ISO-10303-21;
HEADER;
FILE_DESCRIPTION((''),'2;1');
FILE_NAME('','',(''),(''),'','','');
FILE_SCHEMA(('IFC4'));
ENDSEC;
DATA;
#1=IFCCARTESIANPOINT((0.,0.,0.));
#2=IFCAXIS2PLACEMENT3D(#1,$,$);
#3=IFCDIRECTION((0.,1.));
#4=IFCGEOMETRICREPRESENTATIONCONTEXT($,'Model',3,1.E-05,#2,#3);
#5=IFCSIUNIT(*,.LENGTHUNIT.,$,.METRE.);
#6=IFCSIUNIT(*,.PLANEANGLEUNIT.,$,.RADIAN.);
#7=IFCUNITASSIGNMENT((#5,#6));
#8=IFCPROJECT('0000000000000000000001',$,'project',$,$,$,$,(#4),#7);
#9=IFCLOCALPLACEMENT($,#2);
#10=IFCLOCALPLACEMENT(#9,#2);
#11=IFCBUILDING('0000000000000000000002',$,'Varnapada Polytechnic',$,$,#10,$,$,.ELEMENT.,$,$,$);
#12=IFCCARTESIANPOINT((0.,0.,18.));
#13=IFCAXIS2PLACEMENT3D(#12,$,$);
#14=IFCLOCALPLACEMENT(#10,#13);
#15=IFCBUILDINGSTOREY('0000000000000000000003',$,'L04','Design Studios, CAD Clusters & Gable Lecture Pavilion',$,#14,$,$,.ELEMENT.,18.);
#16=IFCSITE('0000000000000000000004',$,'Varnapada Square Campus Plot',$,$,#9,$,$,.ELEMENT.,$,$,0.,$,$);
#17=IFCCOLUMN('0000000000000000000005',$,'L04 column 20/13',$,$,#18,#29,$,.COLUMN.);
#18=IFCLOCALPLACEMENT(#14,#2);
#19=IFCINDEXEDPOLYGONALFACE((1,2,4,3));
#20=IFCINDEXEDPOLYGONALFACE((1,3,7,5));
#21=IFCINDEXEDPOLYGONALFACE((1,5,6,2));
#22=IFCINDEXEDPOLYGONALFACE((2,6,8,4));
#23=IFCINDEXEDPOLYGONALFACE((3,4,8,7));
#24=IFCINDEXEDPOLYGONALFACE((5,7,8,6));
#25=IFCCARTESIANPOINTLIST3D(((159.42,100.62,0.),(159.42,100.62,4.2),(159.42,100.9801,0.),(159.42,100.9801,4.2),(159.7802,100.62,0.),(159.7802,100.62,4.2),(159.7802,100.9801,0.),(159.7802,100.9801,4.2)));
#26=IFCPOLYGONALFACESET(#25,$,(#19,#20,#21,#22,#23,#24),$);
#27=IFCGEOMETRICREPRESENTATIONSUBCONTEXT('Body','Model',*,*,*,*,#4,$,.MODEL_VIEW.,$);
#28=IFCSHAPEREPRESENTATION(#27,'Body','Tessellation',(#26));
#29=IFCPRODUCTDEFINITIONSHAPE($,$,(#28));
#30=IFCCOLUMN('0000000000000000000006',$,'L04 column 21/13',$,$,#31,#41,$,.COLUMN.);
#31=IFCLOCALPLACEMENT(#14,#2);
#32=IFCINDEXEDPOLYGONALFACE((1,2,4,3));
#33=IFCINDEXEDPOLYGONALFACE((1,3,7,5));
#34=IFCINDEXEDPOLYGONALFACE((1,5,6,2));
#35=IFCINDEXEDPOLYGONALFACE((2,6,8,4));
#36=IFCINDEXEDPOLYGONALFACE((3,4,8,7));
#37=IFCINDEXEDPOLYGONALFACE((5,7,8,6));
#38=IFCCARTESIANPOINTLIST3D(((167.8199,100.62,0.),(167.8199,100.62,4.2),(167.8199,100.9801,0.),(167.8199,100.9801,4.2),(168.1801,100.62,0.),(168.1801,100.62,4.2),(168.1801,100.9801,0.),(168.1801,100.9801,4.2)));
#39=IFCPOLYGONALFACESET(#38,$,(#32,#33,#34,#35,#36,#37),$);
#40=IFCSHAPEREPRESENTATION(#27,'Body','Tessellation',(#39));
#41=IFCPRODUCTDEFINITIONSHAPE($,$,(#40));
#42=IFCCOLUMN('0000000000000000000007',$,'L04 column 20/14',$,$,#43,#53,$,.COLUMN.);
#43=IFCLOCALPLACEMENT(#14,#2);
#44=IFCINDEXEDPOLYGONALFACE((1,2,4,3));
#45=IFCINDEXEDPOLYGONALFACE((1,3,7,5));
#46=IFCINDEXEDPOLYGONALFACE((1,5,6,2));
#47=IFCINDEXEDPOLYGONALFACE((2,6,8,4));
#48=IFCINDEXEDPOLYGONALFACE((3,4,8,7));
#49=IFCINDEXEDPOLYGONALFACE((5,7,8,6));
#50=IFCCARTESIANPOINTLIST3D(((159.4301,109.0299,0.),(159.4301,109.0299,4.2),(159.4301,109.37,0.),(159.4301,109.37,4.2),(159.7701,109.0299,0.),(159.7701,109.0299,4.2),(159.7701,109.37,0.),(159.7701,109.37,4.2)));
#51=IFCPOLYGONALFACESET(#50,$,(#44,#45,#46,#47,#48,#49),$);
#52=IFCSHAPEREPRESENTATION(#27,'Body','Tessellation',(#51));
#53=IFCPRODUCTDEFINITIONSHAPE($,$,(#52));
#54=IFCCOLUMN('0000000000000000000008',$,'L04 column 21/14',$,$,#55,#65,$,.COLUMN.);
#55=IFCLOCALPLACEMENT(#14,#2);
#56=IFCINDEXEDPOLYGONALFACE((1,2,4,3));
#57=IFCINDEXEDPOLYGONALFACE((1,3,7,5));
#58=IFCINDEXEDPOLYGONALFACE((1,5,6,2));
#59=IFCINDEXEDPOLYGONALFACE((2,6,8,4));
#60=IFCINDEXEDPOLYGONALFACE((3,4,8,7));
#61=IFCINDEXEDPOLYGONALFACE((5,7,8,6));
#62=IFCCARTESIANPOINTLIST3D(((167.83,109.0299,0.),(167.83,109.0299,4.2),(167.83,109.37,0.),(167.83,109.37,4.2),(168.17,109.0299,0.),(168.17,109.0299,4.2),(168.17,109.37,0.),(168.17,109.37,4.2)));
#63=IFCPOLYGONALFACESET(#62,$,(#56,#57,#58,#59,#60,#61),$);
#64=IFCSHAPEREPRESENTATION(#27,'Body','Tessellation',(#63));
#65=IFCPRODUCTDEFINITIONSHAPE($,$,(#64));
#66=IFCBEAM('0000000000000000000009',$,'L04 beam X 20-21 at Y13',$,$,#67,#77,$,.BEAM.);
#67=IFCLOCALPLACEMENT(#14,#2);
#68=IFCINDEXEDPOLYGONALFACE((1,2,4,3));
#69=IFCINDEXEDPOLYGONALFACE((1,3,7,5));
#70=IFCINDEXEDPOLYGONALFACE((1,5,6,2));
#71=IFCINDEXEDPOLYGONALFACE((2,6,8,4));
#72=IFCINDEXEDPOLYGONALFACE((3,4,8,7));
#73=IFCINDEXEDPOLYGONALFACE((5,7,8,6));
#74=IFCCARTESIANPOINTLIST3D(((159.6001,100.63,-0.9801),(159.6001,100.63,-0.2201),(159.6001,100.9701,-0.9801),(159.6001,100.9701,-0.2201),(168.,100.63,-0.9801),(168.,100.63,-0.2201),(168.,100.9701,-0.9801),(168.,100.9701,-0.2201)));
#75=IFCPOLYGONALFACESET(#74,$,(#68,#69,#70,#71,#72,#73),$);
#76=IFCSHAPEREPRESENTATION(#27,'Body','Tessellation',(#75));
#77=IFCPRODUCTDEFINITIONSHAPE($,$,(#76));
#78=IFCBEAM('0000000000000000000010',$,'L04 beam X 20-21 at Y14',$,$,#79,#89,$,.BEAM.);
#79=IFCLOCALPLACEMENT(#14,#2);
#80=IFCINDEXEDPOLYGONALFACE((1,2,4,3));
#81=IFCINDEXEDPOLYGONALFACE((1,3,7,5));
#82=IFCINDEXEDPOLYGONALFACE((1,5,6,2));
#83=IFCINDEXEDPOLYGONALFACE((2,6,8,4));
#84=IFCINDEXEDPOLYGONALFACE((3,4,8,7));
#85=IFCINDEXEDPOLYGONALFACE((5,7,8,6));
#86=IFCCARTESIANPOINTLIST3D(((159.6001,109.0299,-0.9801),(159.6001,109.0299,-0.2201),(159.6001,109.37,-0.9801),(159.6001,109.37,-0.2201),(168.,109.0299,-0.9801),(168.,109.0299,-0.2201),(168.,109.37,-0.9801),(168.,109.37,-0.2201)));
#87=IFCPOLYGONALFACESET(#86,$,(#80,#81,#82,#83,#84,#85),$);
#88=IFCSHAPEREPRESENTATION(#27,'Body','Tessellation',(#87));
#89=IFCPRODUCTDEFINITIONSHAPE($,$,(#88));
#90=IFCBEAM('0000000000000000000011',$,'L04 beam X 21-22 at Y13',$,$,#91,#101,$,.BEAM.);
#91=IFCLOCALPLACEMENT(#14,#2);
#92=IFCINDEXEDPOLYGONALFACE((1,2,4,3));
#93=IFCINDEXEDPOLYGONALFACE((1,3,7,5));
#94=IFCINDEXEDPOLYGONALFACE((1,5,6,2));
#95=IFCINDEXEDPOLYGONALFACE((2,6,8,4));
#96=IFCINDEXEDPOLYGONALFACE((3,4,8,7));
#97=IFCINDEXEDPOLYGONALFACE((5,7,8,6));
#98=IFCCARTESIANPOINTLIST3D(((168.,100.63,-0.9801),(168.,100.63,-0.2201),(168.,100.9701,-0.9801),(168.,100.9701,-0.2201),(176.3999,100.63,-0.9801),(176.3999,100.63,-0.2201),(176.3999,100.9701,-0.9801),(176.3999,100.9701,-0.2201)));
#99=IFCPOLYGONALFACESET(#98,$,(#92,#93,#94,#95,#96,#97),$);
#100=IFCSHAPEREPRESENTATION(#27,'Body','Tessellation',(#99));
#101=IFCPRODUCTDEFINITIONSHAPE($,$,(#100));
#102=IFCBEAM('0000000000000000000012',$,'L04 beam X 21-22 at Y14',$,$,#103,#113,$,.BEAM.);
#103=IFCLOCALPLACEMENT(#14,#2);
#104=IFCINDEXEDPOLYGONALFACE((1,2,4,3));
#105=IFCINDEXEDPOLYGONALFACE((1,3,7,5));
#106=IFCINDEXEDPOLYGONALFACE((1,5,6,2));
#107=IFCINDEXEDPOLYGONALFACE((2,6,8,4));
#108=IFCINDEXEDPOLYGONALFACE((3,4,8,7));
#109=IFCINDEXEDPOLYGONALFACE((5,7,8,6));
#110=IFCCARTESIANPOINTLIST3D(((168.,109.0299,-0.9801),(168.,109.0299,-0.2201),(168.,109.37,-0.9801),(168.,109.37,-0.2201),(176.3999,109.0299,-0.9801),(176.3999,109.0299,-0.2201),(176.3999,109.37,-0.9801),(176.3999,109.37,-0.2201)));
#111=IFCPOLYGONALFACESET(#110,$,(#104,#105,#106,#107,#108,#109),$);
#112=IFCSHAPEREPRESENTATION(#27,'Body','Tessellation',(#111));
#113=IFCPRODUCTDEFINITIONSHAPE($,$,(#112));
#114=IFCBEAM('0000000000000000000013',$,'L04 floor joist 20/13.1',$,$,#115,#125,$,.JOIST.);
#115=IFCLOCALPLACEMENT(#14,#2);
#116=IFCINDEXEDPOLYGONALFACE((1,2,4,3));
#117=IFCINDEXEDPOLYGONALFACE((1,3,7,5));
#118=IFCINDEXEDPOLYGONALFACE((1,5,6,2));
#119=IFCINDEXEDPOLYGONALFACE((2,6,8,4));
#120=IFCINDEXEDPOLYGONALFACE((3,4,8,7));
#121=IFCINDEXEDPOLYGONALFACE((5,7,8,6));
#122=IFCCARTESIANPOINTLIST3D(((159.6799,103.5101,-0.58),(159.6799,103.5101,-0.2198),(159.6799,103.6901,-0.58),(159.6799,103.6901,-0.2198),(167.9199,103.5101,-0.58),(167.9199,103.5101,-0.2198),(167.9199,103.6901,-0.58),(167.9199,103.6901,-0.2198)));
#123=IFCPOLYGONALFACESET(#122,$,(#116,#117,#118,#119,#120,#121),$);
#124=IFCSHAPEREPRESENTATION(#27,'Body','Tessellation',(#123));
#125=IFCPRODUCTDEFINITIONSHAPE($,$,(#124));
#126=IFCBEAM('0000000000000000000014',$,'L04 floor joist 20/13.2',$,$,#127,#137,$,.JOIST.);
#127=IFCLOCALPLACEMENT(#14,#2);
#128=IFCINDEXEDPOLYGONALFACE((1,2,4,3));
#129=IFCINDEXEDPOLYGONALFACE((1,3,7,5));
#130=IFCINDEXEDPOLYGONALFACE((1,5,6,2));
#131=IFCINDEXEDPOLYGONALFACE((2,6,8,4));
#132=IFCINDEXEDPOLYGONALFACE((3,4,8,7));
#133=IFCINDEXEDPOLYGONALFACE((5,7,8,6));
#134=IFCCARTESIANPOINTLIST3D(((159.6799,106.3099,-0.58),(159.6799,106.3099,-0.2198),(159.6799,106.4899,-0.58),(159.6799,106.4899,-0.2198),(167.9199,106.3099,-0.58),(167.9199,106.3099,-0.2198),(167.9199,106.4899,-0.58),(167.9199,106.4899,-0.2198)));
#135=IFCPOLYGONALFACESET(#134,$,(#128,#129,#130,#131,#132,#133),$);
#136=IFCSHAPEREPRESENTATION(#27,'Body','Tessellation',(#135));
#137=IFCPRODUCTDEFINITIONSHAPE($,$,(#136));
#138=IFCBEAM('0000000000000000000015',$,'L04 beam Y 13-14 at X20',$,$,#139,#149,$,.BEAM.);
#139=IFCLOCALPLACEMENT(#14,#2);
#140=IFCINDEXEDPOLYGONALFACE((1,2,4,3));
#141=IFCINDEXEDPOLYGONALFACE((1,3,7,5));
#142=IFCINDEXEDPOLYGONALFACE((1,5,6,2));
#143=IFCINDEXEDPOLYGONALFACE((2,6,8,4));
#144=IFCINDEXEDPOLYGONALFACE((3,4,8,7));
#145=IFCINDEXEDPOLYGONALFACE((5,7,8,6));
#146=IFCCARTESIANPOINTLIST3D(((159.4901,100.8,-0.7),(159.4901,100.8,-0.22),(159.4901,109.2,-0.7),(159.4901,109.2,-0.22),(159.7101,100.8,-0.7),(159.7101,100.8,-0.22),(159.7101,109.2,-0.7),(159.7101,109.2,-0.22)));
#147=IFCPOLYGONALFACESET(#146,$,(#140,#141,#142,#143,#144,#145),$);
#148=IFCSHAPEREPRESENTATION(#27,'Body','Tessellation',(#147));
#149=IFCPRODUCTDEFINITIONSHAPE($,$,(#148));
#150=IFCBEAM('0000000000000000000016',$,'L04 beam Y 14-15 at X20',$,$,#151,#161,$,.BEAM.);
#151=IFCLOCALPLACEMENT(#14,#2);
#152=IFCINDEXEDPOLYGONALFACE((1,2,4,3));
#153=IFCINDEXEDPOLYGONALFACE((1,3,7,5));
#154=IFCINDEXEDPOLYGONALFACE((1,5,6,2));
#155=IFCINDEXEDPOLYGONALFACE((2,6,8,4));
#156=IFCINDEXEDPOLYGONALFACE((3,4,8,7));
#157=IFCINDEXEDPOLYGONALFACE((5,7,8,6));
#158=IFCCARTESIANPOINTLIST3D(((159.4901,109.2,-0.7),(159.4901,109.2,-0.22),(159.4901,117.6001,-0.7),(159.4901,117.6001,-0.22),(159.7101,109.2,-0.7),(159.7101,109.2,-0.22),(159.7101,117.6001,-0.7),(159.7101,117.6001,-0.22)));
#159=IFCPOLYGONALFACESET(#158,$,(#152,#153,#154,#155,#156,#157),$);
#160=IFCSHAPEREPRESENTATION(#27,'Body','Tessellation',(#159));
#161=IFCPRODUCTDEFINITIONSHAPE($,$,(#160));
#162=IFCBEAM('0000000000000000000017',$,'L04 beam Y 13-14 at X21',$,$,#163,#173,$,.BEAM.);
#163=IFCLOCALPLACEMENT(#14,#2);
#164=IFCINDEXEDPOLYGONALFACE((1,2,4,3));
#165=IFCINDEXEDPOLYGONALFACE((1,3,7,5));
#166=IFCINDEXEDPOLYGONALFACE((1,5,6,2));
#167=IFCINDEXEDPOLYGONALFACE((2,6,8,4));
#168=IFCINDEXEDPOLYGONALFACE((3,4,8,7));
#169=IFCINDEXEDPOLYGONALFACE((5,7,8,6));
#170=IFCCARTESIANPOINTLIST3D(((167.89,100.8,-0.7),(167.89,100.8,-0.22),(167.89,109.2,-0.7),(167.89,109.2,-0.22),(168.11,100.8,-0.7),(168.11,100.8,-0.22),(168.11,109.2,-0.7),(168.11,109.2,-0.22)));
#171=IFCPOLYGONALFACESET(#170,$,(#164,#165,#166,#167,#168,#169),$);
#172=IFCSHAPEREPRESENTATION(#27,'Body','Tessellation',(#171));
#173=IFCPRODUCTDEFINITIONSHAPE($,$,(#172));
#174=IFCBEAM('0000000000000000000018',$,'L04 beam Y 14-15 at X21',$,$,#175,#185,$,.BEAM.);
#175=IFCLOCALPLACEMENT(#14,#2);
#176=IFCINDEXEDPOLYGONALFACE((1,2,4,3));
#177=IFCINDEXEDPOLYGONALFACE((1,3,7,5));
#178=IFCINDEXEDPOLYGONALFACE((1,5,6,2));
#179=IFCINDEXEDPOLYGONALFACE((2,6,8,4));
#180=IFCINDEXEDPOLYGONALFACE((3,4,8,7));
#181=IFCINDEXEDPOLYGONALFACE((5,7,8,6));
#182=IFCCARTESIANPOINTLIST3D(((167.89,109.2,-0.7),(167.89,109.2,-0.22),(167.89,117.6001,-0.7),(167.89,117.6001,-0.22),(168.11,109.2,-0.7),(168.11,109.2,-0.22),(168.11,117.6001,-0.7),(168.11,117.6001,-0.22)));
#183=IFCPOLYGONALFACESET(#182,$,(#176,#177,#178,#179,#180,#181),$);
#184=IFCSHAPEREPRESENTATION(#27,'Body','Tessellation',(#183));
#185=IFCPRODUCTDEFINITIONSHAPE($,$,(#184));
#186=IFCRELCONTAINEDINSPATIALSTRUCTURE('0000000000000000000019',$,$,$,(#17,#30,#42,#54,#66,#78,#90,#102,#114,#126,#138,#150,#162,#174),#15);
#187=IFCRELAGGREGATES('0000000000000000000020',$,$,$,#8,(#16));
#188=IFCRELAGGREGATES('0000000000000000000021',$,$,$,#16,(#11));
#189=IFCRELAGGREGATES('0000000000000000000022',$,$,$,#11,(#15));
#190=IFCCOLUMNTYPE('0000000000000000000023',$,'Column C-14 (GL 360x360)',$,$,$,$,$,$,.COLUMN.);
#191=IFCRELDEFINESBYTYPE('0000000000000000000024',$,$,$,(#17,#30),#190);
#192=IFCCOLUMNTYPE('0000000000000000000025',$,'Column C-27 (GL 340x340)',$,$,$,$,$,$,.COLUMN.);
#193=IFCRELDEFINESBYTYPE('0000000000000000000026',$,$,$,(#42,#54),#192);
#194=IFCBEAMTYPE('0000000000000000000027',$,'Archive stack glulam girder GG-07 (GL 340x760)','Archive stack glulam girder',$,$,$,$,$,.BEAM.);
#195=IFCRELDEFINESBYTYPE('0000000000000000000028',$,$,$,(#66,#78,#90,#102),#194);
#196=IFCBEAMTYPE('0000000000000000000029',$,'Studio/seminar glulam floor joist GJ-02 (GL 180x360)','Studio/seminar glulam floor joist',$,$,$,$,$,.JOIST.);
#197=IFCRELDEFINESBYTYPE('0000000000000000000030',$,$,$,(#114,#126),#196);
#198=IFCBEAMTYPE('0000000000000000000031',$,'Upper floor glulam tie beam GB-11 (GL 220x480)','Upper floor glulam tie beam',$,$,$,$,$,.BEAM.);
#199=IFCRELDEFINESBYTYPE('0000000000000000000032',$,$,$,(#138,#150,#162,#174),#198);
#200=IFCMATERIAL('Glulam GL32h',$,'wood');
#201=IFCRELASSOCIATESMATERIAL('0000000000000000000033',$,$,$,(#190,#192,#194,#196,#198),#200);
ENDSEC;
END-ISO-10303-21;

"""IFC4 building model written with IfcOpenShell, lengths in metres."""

from ifc_helpers import new_model, si_unit, direction, frame, origin, origin_2d, place, context, subcontext, project, spatial, rectangle, extrude, material, material_profile, profile_set, type_object, element, save


model = new_model("IFC4")

# Units and contexts
model_context = context("Model", 3, precision=1e-05, world=origin(), true_north=direction((0.0, 1.0)))
body_context = subcontext(model_context, "Body", "Model", "MODEL_VIEW")
ifc_project = project(units=[si_unit("LENGTHUNIT", "METRE"), si_unit("PLANEANGLEUNIT", "RADIAN")], contexts=[model_context])

# Site, building, storey
site_placement = place(None, origin())
site = spatial("IfcSite", under=ifc_project, at=site_placement, Name="Varnapada Square Campus Plot", CompositionType="ELEMENT", RefElevation=0.0)
building_placement = place(site_placement, origin())
building = spatial("IfcBuilding", under=site, at=building_placement, Name="Varnapada Polytechnic", CompositionType="ELEMENT")
storey_placement = place(building_placement, frame((0.0, 0.0, 18.0)))
storey = spatial("IfcBuildingStorey", under=building, at=storey_placement, Name="L04", Description="Design Studios, CAD Clusters & Gable Lecture Pavilion", CompositionType="ELEMENT", Elevation=18.0)

# Columns
ifc_material_1 = material(Name="Glulam GL32h", Category="wood")
ifc_material_profile_1 = material_profile(ifc_material_1, rectangle(XDim=0.3601, YDim=0.3601, at=origin_2d()), Name="GL 360x360")
ifc_profile_set_1 = profile_set([ifc_material_profile_1], Name="Glulam GL32h")
column_type_1 = type_object("IfcColumnType", Name="Column C-14 (GL 360x360)", PredefinedType="COLUMN", material=ifc_profile_set_1)
for number, where, z_axis, x_axis, name in (
    (1, (159.6001, 100.8, 0.0), (0.0, 0.0, 1.0), (1.0, 0.0, 0.0), "L04 column 20/13"),
    (2, (168.0, 100.8, 0.0), (0.0, 0.0, 1.0), (1.0, 0.0, 0.0), "L04 column 21/13"),
):
    element("IfcColumn", number, at=place(storey_placement, frame(where, z_axis=z_axis, x_axis=x_axis)), inside=storey, type_object=column_type_1, Name=name, PredefinedType="COLUMN", context=body_context, shape_type="SweptSolid", body=[
        extrude(rectangle(XDim=0.3601, YDim=0.3601, at=origin_2d()), origin(), (0.0, 0.0, 1.0), 4.2),
    ])
ifc_material_profile_2 = material_profile(ifc_material_1, rectangle(XDim=0.3401, YDim=0.3401, at=origin_2d()), Name="GL 340x340")
ifc_profile_set_2 = profile_set([ifc_material_profile_2], Name="Glulam GL32h")
column_type_2 = type_object("IfcColumnType", Name="Column C-27 (GL 340x340)", PredefinedType="COLUMN", material=ifc_profile_set_2)
for number, where, z_axis, x_axis, name in (
    (3, (159.6001, 109.2, 0.0), (0.0, 0.0, 1.0), (1.0, 0.0, 0.0), "L04 column 20/14"),
    (4, (168.0, 109.2, 0.0), (0.0, 0.0, 1.0), (1.0, 0.0, 0.0), "L04 column 21/14"),
):
    element("IfcColumn", number, at=place(storey_placement, frame(where, z_axis=z_axis, x_axis=x_axis)), inside=storey, type_object=column_type_2, Name=name, PredefinedType="COLUMN", context=body_context, shape_type="SweptSolid", body=[
        extrude(rectangle(XDim=0.3401, YDim=0.3401, at=origin_2d()), origin(), (0.0, 0.0, 1.0), 4.2),
    ])

# Beams
ifc_material_profile_3 = material_profile(ifc_material_1, rectangle(XDim=0.3401, YDim=0.76, at=origin_2d()), Name="GL 340x760")
ifc_profile_set_3 = profile_set([ifc_material_profile_3], Name="Glulam GL32h")
beam_type_1 = type_object("IfcBeamType", Name="Archive stack glulam girder GG-07 (GL 340x760)", Description="Archive stack glulam girder", PredefinedType="BEAM", material=ifc_profile_set_3)
for number, where, z_axis, x_axis, name in (
    (5, (159.6001, 100.8, -0.6001), (1.0, 0.0, 0.0), (0.0, 1.0, 0.0), "L04 beam X 20-21 at Y13"),
    (6, (159.6001, 109.2, -0.6001), (1.0, 0.0, 0.0), (0.0, 1.0, 0.0), "L04 beam X 20-21 at Y14"),
    (7, (168.0, 100.8, -0.6001), (1.0, 0.0, 0.0), (0.0, 1.0, 0.0), "L04 beam X 21-22 at Y13"),
    (8, (168.0, 109.2, -0.6001), (1.0, 0.0, 0.0), (0.0, 1.0, 0.0), "L04 beam X 21-22 at Y14"),
):
    element("IfcBeam", number, at=place(storey_placement, frame(where, z_axis=z_axis, x_axis=x_axis)), inside=storey, type_object=beam_type_1, Name=name, PredefinedType="BEAM", context=body_context, shape_type="SweptSolid", body=[
        extrude(rectangle(XDim=0.3401, YDim=0.76, at=origin_2d()), origin(), (0.0, 0.0, 1.0), 8.3999),
    ])
ifc_material_profile_4 = material_profile(ifc_material_1, rectangle(XDim=0.1799, YDim=0.3601, at=origin_2d()), Name="GL 180x360")
ifc_profile_set_4 = profile_set([ifc_material_profile_4], Name="Glulam GL32h")
beam_type_2 = type_object("IfcBeamType", Name="Studio/seminar glulam floor joist GJ-02 (GL 180x360)", Description="Studio/seminar glulam floor joist", PredefinedType="JOIST", material=ifc_profile_set_4)
for number, where, z_axis, x_axis, name in (
    (9, (159.6799, 103.6001, -0.3999), (1.0, 0.0, 0.0), (0.0, 1.0, 0.0), "L04 floor joist 20/13.1"),
    (10, (159.6799, 106.3999, -0.3999), (1.0, 0.0, 0.0), (0.0, 1.0, 0.0), "L04 floor joist 20/13.2"),
):
    element("IfcBeam", number, at=place(storey_placement, frame(where, z_axis=z_axis, x_axis=x_axis)), inside=storey, type_object=beam_type_2, Name=name, PredefinedType="JOIST", context=body_context, shape_type="SweptSolid", body=[
        extrude(rectangle(XDim=0.1799, YDim=0.3601, at=origin_2d()), origin(), (0.0, 0.0, 1.0), 8.24),
    ])
ifc_material_profile_5 = material_profile(ifc_material_1, rectangle(XDim=0.22, YDim=0.48, at=origin_2d()), Name="GL 220x480")
ifc_profile_set_5 = profile_set([ifc_material_profile_5], Name="Glulam GL32h")
beam_type_3 = type_object("IfcBeamType", Name="Upper floor glulam tie beam GB-11 (GL 220x480)", Description="Upper floor glulam tie beam", PredefinedType="BEAM", material=ifc_profile_set_5)
beam_1_placement = place(storey_placement, frame((159.6001, 100.8, -0.46), z_axis=(0.0, 1.0, 0.0), x_axis=(-1.0, 0.0, 0.0)))
element("IfcBeam", 11, at=beam_1_placement, inside=storey, type_object=beam_type_3, Name="L04 beam Y 13-14 at X20", PredefinedType="BEAM", context=body_context, shape_type="SweptSolid", body=[
    extrude(rectangle(XDim=0.22, YDim=0.48, at=origin_2d()), origin(), (0.0, 0.0, 1.0), 8.3999),
])
beam_2_placement = place(storey_placement, frame((159.6001, 109.2, -0.46), z_axis=(0.0, 1.0, 0.0), x_axis=(-1.0, 0.0, 0.0)))
element("IfcBeam", 12, at=beam_2_placement, inside=storey, type_object=beam_type_3, Name="L04 beam Y 14-15 at X20", PredefinedType="BEAM", context=body_context, shape_type="SweptSolid", body=[
    extrude(rectangle(XDim=0.22, YDim=0.48, at=origin_2d()), origin(), (0.0, 0.0, 1.0), 8.4001),
])
beam_3_placement = place(storey_placement, frame((168.0, 100.8, -0.46), z_axis=(0.0, 1.0, 0.0), x_axis=(-1.0, 0.0, 0.0)))
element("IfcBeam", 13, at=beam_3_placement, inside=storey, type_object=beam_type_3, Name="L04 beam Y 13-14 at X21", PredefinedType="BEAM", context=body_context, shape_type="SweptSolid", body=[
    extrude(rectangle(XDim=0.22, YDim=0.48, at=origin_2d()), origin(), (0.0, 0.0, 1.0), 8.3999),
])
beam_4_placement = place(storey_placement, frame((168.0, 109.2, -0.46), z_axis=(0.0, 1.0, 0.0), x_axis=(-1.0, 0.0, 0.0)))
element("IfcBeam", 14, at=beam_4_placement, inside=storey, type_object=beam_type_3, Name="L04 beam Y 14-15 at X21", PredefinedType="BEAM", context=body_context, shape_type="SweptSolid", body=[
    extrude(rectangle(XDim=0.22, YDim=0.48, at=origin_2d()), origin(), (0.0, 0.0, 1.0), 8.4001),
])

save(model, "model.ifc")
